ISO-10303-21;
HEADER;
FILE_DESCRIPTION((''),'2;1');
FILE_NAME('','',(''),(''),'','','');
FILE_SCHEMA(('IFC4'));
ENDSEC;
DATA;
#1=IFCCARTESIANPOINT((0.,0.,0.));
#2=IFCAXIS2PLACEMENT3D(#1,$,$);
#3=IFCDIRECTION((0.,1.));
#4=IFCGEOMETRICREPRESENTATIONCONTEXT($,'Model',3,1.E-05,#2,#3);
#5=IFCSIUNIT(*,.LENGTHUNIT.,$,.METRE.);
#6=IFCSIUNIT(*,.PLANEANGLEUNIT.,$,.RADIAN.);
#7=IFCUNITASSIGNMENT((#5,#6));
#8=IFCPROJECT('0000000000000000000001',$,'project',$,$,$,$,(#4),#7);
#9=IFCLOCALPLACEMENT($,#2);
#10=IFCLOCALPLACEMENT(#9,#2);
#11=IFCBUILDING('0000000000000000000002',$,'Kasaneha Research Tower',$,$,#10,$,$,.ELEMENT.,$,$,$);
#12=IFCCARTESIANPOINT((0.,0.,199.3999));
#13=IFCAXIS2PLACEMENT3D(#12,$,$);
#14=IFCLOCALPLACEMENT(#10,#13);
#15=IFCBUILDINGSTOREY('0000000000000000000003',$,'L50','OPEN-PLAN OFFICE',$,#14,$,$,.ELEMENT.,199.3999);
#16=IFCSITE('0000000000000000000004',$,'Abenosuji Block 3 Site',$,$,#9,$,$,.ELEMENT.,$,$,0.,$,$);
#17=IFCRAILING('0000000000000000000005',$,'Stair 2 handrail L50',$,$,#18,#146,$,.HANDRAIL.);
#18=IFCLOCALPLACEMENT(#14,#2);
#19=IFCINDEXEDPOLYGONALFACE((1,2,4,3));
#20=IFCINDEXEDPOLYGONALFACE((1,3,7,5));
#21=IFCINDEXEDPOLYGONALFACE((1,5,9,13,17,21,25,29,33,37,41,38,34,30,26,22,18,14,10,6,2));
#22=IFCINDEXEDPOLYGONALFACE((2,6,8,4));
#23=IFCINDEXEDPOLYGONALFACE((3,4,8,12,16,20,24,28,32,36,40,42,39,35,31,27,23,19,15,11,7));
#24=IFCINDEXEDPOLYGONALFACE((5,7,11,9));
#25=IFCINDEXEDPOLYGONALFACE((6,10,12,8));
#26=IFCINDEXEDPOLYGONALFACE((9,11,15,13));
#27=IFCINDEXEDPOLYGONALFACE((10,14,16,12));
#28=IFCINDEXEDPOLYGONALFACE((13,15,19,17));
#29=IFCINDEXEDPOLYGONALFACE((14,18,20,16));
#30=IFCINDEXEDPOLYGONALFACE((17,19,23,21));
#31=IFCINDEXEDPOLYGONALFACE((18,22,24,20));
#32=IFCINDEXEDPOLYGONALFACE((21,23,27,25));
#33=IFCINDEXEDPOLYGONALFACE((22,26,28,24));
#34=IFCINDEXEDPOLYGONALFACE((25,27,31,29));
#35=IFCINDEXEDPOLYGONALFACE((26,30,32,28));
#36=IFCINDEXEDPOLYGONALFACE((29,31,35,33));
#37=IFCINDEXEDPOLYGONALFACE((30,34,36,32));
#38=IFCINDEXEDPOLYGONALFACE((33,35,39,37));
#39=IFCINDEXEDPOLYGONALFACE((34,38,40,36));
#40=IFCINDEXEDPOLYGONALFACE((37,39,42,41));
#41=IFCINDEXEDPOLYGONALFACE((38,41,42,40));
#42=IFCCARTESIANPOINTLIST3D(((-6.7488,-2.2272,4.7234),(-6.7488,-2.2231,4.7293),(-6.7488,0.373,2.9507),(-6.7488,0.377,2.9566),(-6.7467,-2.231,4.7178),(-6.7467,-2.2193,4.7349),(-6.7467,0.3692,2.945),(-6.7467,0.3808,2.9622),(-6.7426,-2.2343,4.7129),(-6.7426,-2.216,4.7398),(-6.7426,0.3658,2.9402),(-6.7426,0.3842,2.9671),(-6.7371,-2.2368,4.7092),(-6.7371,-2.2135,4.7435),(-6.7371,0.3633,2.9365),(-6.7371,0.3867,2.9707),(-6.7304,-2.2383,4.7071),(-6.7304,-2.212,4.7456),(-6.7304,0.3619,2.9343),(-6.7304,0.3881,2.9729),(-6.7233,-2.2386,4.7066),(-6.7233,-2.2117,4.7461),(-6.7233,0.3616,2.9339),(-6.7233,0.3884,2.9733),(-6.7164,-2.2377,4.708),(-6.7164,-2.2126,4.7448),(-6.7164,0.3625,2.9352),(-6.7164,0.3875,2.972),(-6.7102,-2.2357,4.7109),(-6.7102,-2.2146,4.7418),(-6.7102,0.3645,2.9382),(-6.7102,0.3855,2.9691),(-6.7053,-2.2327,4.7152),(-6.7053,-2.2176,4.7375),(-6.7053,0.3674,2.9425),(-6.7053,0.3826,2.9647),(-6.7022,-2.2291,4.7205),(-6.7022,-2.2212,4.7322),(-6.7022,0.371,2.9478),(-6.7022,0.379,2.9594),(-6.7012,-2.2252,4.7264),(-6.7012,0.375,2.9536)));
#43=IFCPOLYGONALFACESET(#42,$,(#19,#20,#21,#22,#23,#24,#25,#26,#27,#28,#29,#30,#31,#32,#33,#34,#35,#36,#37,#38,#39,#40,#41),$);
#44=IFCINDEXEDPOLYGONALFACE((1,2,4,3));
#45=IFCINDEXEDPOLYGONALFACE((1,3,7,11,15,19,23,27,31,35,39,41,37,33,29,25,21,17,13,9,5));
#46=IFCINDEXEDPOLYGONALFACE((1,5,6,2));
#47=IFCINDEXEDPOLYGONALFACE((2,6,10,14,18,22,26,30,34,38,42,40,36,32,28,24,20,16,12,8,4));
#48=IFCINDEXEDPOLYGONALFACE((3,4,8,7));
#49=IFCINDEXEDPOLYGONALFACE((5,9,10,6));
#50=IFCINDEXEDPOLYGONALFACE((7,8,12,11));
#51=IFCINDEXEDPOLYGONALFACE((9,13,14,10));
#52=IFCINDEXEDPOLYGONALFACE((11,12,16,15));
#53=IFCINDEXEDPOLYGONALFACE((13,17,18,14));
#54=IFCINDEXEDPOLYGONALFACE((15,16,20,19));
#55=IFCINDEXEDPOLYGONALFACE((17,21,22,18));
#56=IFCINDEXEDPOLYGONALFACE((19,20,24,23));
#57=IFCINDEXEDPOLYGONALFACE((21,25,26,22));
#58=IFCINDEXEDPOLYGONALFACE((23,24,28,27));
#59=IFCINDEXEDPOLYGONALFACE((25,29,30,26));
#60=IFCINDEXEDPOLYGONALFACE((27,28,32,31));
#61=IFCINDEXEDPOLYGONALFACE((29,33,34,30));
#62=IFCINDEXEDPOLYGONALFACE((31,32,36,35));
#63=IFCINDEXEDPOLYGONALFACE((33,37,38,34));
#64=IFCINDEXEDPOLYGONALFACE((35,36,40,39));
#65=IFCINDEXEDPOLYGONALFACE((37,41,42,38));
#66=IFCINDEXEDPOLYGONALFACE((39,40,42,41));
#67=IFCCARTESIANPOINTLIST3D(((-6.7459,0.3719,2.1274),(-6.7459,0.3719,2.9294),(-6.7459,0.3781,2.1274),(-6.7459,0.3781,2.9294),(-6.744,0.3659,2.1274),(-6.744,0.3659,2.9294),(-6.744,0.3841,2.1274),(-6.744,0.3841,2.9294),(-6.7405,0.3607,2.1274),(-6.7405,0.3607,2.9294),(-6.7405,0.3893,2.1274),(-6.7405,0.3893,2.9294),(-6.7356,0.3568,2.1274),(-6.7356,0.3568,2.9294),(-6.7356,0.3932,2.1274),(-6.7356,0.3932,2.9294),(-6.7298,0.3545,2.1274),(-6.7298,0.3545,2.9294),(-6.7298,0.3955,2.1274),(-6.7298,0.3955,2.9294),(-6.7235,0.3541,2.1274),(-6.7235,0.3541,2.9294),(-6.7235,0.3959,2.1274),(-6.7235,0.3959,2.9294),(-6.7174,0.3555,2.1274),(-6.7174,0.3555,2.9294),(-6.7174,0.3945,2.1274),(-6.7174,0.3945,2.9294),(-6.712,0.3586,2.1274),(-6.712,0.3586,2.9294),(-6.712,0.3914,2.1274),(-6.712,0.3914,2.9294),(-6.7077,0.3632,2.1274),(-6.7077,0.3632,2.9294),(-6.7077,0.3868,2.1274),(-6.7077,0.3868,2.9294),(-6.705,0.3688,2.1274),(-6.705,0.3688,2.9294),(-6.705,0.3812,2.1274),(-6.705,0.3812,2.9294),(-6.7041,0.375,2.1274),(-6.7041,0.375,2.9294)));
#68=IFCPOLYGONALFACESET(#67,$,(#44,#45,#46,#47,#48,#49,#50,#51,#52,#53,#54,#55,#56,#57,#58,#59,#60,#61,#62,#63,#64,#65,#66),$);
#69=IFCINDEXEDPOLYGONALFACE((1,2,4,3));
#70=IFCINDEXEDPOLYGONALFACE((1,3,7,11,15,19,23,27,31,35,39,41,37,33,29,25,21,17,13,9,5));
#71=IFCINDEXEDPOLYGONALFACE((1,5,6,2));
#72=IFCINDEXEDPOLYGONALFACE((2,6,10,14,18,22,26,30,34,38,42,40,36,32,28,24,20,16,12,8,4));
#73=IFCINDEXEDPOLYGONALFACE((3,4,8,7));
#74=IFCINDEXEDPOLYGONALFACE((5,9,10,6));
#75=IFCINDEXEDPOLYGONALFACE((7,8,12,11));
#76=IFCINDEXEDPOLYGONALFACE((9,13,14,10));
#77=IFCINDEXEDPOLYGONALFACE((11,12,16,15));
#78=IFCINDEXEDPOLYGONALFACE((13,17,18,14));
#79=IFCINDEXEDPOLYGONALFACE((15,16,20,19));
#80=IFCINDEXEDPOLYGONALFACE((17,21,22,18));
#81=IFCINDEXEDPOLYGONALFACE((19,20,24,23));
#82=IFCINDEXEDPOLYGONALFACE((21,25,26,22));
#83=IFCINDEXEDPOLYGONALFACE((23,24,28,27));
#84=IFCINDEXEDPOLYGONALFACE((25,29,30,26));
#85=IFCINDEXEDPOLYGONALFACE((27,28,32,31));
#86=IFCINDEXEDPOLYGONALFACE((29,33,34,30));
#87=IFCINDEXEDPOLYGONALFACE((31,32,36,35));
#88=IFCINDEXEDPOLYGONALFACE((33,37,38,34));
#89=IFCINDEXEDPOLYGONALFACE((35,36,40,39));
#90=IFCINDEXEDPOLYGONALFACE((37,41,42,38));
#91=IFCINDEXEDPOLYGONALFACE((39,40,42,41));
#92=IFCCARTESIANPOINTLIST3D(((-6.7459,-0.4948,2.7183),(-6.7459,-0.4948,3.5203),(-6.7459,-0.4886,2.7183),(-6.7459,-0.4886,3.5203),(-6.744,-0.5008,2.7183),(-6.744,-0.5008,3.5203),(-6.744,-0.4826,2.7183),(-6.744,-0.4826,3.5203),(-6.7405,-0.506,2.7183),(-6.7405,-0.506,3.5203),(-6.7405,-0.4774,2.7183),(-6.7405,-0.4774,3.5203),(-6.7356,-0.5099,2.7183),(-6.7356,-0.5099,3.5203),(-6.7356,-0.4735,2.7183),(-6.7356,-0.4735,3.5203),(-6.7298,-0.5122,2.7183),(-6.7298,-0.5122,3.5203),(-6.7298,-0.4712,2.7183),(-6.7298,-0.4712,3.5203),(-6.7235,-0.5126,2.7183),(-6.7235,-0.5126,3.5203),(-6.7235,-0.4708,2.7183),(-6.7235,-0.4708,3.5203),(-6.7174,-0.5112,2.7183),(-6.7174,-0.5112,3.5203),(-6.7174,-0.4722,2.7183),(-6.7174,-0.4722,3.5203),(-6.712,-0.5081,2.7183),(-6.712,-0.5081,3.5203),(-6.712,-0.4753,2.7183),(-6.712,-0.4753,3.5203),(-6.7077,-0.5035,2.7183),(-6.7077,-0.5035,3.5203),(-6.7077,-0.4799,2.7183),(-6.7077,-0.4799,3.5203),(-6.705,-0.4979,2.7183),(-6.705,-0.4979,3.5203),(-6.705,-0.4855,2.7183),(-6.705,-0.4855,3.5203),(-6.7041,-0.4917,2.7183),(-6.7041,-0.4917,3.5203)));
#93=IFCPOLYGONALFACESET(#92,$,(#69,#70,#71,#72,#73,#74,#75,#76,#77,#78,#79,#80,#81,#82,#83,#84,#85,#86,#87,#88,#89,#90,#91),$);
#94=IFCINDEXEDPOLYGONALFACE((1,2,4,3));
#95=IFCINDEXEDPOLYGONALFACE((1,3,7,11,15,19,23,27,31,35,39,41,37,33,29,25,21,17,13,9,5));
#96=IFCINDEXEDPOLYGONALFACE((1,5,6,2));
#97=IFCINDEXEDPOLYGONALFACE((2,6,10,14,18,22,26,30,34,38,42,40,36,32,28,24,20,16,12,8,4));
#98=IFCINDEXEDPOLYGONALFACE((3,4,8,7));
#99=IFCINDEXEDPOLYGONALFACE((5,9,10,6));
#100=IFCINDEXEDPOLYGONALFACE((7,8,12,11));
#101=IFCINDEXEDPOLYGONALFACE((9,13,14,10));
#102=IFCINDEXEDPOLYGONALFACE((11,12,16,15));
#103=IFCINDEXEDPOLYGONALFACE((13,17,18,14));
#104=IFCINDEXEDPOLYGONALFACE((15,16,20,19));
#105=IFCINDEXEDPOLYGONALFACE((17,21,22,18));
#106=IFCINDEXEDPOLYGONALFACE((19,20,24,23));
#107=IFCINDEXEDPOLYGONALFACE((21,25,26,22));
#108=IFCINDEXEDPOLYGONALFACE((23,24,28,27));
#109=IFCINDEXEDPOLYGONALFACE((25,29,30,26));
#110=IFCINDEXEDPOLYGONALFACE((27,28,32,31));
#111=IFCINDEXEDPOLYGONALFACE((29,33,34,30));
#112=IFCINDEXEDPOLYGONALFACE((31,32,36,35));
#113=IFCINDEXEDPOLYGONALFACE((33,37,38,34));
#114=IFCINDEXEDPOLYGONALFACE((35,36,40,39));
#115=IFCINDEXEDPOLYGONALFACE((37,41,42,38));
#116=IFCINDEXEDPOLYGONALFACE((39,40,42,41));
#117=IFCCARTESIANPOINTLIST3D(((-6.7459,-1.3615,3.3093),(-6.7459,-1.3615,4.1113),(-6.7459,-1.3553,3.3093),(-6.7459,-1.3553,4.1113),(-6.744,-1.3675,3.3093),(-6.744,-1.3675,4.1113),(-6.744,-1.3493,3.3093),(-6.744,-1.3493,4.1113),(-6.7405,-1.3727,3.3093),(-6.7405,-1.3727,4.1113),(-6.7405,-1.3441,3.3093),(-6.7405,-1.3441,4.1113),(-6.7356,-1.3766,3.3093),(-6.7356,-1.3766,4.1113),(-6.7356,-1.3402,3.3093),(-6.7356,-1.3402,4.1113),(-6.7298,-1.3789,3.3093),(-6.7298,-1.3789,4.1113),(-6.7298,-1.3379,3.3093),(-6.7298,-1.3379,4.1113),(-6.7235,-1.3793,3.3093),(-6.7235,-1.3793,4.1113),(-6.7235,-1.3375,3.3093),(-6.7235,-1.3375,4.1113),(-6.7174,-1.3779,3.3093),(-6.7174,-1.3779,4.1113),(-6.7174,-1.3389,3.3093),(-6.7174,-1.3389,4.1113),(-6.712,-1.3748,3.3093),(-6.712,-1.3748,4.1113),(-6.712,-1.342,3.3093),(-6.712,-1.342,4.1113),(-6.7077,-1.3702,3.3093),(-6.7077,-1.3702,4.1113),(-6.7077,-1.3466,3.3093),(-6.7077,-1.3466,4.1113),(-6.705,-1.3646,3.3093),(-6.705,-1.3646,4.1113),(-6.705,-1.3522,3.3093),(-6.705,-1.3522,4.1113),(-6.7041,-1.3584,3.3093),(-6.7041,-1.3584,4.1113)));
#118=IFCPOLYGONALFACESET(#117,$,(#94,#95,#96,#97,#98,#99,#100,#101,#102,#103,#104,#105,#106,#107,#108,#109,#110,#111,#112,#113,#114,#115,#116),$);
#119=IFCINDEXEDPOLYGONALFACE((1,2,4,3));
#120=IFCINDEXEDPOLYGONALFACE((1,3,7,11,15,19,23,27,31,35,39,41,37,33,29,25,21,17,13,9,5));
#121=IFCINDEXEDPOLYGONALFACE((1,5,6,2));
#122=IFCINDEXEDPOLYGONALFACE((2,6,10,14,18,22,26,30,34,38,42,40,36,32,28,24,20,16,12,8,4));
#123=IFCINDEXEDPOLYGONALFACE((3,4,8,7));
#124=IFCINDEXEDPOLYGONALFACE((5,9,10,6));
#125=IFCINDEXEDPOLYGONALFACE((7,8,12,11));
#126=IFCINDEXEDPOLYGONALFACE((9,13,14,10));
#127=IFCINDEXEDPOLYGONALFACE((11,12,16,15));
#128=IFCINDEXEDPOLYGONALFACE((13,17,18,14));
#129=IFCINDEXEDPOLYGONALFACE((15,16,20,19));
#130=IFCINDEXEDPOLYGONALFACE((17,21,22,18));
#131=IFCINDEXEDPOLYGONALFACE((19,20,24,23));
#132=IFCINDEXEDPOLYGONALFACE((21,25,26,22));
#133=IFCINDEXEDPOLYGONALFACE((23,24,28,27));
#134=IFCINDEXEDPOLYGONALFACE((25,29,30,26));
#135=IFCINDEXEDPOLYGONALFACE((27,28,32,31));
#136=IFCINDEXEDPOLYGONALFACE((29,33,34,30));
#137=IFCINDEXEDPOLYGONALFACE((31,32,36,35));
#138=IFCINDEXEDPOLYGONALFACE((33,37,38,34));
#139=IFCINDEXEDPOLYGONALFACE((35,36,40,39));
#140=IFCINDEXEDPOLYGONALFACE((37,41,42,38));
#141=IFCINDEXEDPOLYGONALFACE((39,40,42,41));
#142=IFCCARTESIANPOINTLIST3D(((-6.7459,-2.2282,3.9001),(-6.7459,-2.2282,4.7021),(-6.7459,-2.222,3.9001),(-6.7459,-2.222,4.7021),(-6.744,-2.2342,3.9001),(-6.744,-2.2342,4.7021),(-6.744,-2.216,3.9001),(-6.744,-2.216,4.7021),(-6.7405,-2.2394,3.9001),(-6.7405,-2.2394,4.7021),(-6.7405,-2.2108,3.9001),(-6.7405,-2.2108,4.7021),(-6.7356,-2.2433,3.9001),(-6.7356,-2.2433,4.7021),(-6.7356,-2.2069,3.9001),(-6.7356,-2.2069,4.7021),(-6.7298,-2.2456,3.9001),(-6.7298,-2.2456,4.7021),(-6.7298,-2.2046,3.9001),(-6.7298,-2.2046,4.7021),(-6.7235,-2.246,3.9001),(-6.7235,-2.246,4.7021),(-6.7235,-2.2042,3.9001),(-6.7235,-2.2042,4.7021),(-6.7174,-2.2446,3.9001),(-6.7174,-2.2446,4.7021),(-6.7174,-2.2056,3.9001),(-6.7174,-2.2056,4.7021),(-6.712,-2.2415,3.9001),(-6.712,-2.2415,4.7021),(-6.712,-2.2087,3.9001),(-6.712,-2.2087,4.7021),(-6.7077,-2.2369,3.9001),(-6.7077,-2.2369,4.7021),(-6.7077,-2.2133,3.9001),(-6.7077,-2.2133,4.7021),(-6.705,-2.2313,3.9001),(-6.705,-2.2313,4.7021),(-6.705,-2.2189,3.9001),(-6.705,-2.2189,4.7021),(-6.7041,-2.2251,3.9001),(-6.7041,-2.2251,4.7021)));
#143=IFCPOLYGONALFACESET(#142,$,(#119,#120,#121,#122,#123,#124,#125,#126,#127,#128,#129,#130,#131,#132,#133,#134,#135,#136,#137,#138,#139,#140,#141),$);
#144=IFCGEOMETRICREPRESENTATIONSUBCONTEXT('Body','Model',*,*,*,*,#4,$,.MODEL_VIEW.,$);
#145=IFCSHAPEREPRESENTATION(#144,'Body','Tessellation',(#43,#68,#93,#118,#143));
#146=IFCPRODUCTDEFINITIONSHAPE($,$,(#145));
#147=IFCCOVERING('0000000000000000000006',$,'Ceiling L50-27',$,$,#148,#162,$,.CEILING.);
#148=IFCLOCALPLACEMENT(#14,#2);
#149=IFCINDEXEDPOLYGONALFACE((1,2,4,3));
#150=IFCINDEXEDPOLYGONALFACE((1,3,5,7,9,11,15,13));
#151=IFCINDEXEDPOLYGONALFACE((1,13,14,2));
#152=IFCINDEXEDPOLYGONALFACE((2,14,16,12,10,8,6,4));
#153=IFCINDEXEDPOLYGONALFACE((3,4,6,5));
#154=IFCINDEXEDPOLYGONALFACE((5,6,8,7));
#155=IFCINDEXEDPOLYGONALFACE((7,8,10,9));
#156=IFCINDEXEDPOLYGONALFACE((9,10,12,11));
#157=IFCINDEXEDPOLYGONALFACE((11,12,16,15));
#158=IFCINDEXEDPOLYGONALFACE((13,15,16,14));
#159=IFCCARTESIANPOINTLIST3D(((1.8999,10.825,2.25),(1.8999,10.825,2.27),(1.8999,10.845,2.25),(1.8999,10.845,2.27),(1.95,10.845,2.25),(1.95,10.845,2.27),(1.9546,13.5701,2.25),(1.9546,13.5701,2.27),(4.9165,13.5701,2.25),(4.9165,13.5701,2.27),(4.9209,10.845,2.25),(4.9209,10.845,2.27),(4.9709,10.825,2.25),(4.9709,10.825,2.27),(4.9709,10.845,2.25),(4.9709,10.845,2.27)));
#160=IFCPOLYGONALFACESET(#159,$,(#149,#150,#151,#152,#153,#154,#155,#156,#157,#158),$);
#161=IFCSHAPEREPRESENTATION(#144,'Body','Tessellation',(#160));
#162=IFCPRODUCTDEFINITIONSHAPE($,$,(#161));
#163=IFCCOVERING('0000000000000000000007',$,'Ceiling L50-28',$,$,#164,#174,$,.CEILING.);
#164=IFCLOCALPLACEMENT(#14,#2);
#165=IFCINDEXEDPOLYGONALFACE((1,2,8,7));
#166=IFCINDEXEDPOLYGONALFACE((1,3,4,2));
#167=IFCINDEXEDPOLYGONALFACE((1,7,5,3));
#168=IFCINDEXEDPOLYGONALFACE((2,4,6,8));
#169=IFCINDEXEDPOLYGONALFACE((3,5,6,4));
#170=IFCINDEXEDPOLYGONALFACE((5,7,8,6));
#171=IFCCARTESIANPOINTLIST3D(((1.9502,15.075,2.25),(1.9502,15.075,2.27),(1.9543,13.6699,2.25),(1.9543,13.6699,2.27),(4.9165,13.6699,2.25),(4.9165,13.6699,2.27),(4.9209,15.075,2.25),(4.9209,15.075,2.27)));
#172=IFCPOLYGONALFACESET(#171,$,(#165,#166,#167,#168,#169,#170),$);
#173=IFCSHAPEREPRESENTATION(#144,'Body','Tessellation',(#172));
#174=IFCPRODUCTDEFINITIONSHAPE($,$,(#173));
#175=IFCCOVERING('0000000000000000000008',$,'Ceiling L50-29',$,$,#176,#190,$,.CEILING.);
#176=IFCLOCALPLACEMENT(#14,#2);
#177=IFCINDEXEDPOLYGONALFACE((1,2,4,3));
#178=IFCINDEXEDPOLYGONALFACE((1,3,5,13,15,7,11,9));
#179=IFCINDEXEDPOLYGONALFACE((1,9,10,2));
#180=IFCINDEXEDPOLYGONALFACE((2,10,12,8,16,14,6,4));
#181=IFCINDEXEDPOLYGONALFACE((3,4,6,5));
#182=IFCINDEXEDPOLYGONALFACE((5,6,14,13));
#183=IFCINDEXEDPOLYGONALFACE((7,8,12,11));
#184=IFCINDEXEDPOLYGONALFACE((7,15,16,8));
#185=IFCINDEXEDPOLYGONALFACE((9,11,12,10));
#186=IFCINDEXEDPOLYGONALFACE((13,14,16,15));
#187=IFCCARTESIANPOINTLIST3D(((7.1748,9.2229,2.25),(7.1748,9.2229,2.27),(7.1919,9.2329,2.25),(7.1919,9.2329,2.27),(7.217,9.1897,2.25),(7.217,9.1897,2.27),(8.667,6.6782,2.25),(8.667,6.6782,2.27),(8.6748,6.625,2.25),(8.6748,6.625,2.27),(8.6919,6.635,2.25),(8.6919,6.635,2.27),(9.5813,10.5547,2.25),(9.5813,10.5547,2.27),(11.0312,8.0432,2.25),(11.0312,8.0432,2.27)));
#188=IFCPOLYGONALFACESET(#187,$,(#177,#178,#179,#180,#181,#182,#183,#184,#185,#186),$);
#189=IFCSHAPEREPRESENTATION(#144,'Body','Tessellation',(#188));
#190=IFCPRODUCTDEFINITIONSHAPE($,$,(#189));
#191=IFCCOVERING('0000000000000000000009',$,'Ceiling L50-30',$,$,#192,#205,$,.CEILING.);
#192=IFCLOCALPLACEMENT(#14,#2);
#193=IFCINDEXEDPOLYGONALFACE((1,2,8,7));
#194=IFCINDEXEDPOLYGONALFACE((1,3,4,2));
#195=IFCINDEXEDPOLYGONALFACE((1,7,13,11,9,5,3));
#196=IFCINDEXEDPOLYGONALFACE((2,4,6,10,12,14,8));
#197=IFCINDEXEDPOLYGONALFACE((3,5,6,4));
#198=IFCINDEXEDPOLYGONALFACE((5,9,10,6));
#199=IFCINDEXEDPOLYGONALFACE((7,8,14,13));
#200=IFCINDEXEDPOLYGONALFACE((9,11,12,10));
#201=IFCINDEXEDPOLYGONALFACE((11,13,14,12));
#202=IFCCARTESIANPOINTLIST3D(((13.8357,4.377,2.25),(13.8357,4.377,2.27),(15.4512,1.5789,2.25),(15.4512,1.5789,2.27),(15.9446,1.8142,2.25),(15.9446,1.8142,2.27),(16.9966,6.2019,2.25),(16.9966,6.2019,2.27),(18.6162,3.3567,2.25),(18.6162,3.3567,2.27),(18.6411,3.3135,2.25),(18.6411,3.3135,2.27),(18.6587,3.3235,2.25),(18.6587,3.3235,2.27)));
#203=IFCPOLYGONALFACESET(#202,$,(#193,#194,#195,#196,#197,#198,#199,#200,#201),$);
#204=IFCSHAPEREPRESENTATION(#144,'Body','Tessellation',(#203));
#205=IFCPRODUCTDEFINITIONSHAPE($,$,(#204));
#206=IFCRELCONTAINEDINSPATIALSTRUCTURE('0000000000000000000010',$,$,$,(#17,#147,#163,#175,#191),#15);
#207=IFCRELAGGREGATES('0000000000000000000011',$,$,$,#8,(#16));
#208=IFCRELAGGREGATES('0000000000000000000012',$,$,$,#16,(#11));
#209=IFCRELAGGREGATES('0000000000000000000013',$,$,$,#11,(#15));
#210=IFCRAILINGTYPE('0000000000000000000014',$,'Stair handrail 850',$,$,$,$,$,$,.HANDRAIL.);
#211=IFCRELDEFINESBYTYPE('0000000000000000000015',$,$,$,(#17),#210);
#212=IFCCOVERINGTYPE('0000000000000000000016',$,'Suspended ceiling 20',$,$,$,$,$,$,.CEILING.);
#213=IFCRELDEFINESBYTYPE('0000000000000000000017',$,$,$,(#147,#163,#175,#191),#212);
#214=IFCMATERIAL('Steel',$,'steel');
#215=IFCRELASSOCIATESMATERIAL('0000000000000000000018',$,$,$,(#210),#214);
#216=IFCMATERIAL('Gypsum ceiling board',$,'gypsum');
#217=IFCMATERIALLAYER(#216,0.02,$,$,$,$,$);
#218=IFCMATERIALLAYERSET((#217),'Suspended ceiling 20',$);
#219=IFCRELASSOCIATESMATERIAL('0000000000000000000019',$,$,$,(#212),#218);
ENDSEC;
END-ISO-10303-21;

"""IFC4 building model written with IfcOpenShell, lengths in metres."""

from ifc_helpers import new_model, si_unit, direction, frame, origin, origin_2d, place, context, subcontext, project, spatial, polyline, circle, outline, extrude, material, layer, layer_set, type_object, element, save


model = new_model("IFC4")

# Units and contexts
model_context = context("Model", 3, precision=1e-05, world=origin(), true_north=direction((0.0, 1.0)))
body_context = subcontext(model_context, "Body", "Model", "MODEL_VIEW")
ifc_project = project(units=[si_unit("LENGTHUNIT", "METRE"), si_unit("PLANEANGLEUNIT", "RADIAN")], contexts=[model_context])

# Site, building, storey
site_placement = place(None, origin())
site = spatial("IfcSite", under=ifc_project, at=site_placement, Name="Abenosuji Block 3 Site", CompositionType="ELEMENT", RefElevation=0.0)
building_placement = place(site_placement, origin())
building = spatial("IfcBuilding", under=site, at=building_placement, Name="Kasaneha Research Tower", CompositionType="ELEMENT")
storey_placement = place(building_placement, frame((0.0, 0.0, 199.3999)))
storey = spatial("IfcBuildingStorey", under=building, at=storey_placement, Name="L50", Description="OPEN-PLAN OFFICE", CompositionType="ELEMENT", Elevation=199.3999)

# Railing
ifc_material_1 = material(Name="Steel", Category="steel")
railing_type_1 = type_object("IfcRailingType", Name="Stair handrail 850", PredefinedType="HANDRAIL", material=ifc_material_1)
railing_1_placement = place(storey_placement, frame((-6.7251, 0.375, 2.1274)))
element("IfcRailing", 1, at=railing_1_placement, inside=storey, type_object=railing_type_1, Name="Stair 2 handrail L50", PredefinedType="HANDRAIL", context=body_context, shape_type="SweptSolid", body=[
    extrude(circle(Radius=0.0239, at=origin_2d()), frame((0.0, 0.0, 0.8262), z_axis=(0.0, -0.82624, 0.563318), x_axis=(1.0, 0.0, 0.0)), (0.0, 0.0, 1.0), 3.147),
    extrude(circle(Radius=0.021, at=origin_2d()), origin(), (0.0, 0.0, 1.0), 0.802),
    extrude(circle(Radius=0.021, at=origin_2d()), frame((0.0, -0.8667, 0.5908)), (0.0, 0.0, 1.0), 0.802),
    extrude(circle(Radius=0.021, at=origin_2d()), frame((0.0, -1.7334, 1.1819)), (0.0, 0.0, 1.0), 0.802),
    extrude(circle(Radius=0.021, at=origin_2d()), frame((0.0, -2.6001, 1.7727)), (0.0, 0.0, 1.0), 0.802),
])

# Coverings
ifc_material_2 = material(Name="Gypsum ceiling board", Category="gypsum")
ifc_layer_1 = layer(ifc_material_2, 0.02)
ifc_layer_set_1 = layer_set([ifc_layer_1], Name="Suspended ceiling 20")
covering_type = type_object("IfcCoveringType", Name="Suspended ceiling 20", PredefinedType="CEILING", material=ifc_layer_set_1)
covering_1_placement = place(storey_placement, frame((0.0, 0.0, 2.25)))
element("IfcCovering", 2, at=covering_1_placement, inside=storey, type_object=covering_type, Name="Ceiling L50-27", PredefinedType="CEILING", context=body_context, shape_type="SweptSolid", body=[
    extrude(outline(polyline([(1.8999, 10.825), (1.8999, 10.845), (1.95, 10.845), (1.9546, 13.5701), (4.9165, 13.5701), (4.9209, 10.845), (4.9709, 10.845), (4.9709, 10.825), (1.8999, 10.825)])), origin(), (0.0, 0.0, 1.0), 0.02),
])
covering_2_placement = place(storey_placement, frame((0.0, 0.0, 2.25)))
element("IfcCovering", 3, at=covering_2_placement, inside=storey, type_object=covering_type, Name="Ceiling L50-28", PredefinedType="CEILING", context=body_context, shape_type="SweptSolid", body=[
    extrude(outline(polyline([(4.9165, 13.6699), (1.9543, 13.6699), (1.9502, 15.075), (4.9209, 15.075), (4.9165, 13.6699)])), origin(), (0.0, 0.0, 1.0), 0.02),
])
covering_3_placement = place(storey_placement, frame((0.0, 0.0, 2.25)))
element("IfcCovering", 4, at=covering_3_placement, inside=storey, type_object=covering_type, Name="Ceiling L50-29", PredefinedType="CEILING", context=body_context, shape_type="SweptSolid", body=[
    extrude(outline(polyline([(7.1748, 9.2229), (7.1919, 9.2329), (7.217, 9.1897), (9.5813, 10.5547), (11.0312, 8.0432), (8.667, 6.6782), (8.6919, 6.635), (8.6748, 6.625), (7.1748, 9.2229)])), origin(), (0.0, 0.0, 1.0), 0.02),
])
covering_4_placement = place(storey_placement, frame((0.0, 0.0, 2.25)))
element("IfcCovering", 5, at=covering_4_placement, inside=storey, type_object=covering_type, Name="Ceiling L50-30", PredefinedType="CEILING", context=body_context, shape_type="SweptSolid", body=[
    extrude(outline(polyline([(18.6587, 3.3235), (18.6411, 3.3135), (18.6162, 3.3567), (15.9446, 1.8142), (15.9446, 1.8142), (15.4512, 1.5789), (13.8357, 4.377), (16.9966, 6.2019), (18.6587, 3.3235)])), origin(), (0.0, 0.0, 1.0), 0.02),
])

save(model, "model.ifc")
